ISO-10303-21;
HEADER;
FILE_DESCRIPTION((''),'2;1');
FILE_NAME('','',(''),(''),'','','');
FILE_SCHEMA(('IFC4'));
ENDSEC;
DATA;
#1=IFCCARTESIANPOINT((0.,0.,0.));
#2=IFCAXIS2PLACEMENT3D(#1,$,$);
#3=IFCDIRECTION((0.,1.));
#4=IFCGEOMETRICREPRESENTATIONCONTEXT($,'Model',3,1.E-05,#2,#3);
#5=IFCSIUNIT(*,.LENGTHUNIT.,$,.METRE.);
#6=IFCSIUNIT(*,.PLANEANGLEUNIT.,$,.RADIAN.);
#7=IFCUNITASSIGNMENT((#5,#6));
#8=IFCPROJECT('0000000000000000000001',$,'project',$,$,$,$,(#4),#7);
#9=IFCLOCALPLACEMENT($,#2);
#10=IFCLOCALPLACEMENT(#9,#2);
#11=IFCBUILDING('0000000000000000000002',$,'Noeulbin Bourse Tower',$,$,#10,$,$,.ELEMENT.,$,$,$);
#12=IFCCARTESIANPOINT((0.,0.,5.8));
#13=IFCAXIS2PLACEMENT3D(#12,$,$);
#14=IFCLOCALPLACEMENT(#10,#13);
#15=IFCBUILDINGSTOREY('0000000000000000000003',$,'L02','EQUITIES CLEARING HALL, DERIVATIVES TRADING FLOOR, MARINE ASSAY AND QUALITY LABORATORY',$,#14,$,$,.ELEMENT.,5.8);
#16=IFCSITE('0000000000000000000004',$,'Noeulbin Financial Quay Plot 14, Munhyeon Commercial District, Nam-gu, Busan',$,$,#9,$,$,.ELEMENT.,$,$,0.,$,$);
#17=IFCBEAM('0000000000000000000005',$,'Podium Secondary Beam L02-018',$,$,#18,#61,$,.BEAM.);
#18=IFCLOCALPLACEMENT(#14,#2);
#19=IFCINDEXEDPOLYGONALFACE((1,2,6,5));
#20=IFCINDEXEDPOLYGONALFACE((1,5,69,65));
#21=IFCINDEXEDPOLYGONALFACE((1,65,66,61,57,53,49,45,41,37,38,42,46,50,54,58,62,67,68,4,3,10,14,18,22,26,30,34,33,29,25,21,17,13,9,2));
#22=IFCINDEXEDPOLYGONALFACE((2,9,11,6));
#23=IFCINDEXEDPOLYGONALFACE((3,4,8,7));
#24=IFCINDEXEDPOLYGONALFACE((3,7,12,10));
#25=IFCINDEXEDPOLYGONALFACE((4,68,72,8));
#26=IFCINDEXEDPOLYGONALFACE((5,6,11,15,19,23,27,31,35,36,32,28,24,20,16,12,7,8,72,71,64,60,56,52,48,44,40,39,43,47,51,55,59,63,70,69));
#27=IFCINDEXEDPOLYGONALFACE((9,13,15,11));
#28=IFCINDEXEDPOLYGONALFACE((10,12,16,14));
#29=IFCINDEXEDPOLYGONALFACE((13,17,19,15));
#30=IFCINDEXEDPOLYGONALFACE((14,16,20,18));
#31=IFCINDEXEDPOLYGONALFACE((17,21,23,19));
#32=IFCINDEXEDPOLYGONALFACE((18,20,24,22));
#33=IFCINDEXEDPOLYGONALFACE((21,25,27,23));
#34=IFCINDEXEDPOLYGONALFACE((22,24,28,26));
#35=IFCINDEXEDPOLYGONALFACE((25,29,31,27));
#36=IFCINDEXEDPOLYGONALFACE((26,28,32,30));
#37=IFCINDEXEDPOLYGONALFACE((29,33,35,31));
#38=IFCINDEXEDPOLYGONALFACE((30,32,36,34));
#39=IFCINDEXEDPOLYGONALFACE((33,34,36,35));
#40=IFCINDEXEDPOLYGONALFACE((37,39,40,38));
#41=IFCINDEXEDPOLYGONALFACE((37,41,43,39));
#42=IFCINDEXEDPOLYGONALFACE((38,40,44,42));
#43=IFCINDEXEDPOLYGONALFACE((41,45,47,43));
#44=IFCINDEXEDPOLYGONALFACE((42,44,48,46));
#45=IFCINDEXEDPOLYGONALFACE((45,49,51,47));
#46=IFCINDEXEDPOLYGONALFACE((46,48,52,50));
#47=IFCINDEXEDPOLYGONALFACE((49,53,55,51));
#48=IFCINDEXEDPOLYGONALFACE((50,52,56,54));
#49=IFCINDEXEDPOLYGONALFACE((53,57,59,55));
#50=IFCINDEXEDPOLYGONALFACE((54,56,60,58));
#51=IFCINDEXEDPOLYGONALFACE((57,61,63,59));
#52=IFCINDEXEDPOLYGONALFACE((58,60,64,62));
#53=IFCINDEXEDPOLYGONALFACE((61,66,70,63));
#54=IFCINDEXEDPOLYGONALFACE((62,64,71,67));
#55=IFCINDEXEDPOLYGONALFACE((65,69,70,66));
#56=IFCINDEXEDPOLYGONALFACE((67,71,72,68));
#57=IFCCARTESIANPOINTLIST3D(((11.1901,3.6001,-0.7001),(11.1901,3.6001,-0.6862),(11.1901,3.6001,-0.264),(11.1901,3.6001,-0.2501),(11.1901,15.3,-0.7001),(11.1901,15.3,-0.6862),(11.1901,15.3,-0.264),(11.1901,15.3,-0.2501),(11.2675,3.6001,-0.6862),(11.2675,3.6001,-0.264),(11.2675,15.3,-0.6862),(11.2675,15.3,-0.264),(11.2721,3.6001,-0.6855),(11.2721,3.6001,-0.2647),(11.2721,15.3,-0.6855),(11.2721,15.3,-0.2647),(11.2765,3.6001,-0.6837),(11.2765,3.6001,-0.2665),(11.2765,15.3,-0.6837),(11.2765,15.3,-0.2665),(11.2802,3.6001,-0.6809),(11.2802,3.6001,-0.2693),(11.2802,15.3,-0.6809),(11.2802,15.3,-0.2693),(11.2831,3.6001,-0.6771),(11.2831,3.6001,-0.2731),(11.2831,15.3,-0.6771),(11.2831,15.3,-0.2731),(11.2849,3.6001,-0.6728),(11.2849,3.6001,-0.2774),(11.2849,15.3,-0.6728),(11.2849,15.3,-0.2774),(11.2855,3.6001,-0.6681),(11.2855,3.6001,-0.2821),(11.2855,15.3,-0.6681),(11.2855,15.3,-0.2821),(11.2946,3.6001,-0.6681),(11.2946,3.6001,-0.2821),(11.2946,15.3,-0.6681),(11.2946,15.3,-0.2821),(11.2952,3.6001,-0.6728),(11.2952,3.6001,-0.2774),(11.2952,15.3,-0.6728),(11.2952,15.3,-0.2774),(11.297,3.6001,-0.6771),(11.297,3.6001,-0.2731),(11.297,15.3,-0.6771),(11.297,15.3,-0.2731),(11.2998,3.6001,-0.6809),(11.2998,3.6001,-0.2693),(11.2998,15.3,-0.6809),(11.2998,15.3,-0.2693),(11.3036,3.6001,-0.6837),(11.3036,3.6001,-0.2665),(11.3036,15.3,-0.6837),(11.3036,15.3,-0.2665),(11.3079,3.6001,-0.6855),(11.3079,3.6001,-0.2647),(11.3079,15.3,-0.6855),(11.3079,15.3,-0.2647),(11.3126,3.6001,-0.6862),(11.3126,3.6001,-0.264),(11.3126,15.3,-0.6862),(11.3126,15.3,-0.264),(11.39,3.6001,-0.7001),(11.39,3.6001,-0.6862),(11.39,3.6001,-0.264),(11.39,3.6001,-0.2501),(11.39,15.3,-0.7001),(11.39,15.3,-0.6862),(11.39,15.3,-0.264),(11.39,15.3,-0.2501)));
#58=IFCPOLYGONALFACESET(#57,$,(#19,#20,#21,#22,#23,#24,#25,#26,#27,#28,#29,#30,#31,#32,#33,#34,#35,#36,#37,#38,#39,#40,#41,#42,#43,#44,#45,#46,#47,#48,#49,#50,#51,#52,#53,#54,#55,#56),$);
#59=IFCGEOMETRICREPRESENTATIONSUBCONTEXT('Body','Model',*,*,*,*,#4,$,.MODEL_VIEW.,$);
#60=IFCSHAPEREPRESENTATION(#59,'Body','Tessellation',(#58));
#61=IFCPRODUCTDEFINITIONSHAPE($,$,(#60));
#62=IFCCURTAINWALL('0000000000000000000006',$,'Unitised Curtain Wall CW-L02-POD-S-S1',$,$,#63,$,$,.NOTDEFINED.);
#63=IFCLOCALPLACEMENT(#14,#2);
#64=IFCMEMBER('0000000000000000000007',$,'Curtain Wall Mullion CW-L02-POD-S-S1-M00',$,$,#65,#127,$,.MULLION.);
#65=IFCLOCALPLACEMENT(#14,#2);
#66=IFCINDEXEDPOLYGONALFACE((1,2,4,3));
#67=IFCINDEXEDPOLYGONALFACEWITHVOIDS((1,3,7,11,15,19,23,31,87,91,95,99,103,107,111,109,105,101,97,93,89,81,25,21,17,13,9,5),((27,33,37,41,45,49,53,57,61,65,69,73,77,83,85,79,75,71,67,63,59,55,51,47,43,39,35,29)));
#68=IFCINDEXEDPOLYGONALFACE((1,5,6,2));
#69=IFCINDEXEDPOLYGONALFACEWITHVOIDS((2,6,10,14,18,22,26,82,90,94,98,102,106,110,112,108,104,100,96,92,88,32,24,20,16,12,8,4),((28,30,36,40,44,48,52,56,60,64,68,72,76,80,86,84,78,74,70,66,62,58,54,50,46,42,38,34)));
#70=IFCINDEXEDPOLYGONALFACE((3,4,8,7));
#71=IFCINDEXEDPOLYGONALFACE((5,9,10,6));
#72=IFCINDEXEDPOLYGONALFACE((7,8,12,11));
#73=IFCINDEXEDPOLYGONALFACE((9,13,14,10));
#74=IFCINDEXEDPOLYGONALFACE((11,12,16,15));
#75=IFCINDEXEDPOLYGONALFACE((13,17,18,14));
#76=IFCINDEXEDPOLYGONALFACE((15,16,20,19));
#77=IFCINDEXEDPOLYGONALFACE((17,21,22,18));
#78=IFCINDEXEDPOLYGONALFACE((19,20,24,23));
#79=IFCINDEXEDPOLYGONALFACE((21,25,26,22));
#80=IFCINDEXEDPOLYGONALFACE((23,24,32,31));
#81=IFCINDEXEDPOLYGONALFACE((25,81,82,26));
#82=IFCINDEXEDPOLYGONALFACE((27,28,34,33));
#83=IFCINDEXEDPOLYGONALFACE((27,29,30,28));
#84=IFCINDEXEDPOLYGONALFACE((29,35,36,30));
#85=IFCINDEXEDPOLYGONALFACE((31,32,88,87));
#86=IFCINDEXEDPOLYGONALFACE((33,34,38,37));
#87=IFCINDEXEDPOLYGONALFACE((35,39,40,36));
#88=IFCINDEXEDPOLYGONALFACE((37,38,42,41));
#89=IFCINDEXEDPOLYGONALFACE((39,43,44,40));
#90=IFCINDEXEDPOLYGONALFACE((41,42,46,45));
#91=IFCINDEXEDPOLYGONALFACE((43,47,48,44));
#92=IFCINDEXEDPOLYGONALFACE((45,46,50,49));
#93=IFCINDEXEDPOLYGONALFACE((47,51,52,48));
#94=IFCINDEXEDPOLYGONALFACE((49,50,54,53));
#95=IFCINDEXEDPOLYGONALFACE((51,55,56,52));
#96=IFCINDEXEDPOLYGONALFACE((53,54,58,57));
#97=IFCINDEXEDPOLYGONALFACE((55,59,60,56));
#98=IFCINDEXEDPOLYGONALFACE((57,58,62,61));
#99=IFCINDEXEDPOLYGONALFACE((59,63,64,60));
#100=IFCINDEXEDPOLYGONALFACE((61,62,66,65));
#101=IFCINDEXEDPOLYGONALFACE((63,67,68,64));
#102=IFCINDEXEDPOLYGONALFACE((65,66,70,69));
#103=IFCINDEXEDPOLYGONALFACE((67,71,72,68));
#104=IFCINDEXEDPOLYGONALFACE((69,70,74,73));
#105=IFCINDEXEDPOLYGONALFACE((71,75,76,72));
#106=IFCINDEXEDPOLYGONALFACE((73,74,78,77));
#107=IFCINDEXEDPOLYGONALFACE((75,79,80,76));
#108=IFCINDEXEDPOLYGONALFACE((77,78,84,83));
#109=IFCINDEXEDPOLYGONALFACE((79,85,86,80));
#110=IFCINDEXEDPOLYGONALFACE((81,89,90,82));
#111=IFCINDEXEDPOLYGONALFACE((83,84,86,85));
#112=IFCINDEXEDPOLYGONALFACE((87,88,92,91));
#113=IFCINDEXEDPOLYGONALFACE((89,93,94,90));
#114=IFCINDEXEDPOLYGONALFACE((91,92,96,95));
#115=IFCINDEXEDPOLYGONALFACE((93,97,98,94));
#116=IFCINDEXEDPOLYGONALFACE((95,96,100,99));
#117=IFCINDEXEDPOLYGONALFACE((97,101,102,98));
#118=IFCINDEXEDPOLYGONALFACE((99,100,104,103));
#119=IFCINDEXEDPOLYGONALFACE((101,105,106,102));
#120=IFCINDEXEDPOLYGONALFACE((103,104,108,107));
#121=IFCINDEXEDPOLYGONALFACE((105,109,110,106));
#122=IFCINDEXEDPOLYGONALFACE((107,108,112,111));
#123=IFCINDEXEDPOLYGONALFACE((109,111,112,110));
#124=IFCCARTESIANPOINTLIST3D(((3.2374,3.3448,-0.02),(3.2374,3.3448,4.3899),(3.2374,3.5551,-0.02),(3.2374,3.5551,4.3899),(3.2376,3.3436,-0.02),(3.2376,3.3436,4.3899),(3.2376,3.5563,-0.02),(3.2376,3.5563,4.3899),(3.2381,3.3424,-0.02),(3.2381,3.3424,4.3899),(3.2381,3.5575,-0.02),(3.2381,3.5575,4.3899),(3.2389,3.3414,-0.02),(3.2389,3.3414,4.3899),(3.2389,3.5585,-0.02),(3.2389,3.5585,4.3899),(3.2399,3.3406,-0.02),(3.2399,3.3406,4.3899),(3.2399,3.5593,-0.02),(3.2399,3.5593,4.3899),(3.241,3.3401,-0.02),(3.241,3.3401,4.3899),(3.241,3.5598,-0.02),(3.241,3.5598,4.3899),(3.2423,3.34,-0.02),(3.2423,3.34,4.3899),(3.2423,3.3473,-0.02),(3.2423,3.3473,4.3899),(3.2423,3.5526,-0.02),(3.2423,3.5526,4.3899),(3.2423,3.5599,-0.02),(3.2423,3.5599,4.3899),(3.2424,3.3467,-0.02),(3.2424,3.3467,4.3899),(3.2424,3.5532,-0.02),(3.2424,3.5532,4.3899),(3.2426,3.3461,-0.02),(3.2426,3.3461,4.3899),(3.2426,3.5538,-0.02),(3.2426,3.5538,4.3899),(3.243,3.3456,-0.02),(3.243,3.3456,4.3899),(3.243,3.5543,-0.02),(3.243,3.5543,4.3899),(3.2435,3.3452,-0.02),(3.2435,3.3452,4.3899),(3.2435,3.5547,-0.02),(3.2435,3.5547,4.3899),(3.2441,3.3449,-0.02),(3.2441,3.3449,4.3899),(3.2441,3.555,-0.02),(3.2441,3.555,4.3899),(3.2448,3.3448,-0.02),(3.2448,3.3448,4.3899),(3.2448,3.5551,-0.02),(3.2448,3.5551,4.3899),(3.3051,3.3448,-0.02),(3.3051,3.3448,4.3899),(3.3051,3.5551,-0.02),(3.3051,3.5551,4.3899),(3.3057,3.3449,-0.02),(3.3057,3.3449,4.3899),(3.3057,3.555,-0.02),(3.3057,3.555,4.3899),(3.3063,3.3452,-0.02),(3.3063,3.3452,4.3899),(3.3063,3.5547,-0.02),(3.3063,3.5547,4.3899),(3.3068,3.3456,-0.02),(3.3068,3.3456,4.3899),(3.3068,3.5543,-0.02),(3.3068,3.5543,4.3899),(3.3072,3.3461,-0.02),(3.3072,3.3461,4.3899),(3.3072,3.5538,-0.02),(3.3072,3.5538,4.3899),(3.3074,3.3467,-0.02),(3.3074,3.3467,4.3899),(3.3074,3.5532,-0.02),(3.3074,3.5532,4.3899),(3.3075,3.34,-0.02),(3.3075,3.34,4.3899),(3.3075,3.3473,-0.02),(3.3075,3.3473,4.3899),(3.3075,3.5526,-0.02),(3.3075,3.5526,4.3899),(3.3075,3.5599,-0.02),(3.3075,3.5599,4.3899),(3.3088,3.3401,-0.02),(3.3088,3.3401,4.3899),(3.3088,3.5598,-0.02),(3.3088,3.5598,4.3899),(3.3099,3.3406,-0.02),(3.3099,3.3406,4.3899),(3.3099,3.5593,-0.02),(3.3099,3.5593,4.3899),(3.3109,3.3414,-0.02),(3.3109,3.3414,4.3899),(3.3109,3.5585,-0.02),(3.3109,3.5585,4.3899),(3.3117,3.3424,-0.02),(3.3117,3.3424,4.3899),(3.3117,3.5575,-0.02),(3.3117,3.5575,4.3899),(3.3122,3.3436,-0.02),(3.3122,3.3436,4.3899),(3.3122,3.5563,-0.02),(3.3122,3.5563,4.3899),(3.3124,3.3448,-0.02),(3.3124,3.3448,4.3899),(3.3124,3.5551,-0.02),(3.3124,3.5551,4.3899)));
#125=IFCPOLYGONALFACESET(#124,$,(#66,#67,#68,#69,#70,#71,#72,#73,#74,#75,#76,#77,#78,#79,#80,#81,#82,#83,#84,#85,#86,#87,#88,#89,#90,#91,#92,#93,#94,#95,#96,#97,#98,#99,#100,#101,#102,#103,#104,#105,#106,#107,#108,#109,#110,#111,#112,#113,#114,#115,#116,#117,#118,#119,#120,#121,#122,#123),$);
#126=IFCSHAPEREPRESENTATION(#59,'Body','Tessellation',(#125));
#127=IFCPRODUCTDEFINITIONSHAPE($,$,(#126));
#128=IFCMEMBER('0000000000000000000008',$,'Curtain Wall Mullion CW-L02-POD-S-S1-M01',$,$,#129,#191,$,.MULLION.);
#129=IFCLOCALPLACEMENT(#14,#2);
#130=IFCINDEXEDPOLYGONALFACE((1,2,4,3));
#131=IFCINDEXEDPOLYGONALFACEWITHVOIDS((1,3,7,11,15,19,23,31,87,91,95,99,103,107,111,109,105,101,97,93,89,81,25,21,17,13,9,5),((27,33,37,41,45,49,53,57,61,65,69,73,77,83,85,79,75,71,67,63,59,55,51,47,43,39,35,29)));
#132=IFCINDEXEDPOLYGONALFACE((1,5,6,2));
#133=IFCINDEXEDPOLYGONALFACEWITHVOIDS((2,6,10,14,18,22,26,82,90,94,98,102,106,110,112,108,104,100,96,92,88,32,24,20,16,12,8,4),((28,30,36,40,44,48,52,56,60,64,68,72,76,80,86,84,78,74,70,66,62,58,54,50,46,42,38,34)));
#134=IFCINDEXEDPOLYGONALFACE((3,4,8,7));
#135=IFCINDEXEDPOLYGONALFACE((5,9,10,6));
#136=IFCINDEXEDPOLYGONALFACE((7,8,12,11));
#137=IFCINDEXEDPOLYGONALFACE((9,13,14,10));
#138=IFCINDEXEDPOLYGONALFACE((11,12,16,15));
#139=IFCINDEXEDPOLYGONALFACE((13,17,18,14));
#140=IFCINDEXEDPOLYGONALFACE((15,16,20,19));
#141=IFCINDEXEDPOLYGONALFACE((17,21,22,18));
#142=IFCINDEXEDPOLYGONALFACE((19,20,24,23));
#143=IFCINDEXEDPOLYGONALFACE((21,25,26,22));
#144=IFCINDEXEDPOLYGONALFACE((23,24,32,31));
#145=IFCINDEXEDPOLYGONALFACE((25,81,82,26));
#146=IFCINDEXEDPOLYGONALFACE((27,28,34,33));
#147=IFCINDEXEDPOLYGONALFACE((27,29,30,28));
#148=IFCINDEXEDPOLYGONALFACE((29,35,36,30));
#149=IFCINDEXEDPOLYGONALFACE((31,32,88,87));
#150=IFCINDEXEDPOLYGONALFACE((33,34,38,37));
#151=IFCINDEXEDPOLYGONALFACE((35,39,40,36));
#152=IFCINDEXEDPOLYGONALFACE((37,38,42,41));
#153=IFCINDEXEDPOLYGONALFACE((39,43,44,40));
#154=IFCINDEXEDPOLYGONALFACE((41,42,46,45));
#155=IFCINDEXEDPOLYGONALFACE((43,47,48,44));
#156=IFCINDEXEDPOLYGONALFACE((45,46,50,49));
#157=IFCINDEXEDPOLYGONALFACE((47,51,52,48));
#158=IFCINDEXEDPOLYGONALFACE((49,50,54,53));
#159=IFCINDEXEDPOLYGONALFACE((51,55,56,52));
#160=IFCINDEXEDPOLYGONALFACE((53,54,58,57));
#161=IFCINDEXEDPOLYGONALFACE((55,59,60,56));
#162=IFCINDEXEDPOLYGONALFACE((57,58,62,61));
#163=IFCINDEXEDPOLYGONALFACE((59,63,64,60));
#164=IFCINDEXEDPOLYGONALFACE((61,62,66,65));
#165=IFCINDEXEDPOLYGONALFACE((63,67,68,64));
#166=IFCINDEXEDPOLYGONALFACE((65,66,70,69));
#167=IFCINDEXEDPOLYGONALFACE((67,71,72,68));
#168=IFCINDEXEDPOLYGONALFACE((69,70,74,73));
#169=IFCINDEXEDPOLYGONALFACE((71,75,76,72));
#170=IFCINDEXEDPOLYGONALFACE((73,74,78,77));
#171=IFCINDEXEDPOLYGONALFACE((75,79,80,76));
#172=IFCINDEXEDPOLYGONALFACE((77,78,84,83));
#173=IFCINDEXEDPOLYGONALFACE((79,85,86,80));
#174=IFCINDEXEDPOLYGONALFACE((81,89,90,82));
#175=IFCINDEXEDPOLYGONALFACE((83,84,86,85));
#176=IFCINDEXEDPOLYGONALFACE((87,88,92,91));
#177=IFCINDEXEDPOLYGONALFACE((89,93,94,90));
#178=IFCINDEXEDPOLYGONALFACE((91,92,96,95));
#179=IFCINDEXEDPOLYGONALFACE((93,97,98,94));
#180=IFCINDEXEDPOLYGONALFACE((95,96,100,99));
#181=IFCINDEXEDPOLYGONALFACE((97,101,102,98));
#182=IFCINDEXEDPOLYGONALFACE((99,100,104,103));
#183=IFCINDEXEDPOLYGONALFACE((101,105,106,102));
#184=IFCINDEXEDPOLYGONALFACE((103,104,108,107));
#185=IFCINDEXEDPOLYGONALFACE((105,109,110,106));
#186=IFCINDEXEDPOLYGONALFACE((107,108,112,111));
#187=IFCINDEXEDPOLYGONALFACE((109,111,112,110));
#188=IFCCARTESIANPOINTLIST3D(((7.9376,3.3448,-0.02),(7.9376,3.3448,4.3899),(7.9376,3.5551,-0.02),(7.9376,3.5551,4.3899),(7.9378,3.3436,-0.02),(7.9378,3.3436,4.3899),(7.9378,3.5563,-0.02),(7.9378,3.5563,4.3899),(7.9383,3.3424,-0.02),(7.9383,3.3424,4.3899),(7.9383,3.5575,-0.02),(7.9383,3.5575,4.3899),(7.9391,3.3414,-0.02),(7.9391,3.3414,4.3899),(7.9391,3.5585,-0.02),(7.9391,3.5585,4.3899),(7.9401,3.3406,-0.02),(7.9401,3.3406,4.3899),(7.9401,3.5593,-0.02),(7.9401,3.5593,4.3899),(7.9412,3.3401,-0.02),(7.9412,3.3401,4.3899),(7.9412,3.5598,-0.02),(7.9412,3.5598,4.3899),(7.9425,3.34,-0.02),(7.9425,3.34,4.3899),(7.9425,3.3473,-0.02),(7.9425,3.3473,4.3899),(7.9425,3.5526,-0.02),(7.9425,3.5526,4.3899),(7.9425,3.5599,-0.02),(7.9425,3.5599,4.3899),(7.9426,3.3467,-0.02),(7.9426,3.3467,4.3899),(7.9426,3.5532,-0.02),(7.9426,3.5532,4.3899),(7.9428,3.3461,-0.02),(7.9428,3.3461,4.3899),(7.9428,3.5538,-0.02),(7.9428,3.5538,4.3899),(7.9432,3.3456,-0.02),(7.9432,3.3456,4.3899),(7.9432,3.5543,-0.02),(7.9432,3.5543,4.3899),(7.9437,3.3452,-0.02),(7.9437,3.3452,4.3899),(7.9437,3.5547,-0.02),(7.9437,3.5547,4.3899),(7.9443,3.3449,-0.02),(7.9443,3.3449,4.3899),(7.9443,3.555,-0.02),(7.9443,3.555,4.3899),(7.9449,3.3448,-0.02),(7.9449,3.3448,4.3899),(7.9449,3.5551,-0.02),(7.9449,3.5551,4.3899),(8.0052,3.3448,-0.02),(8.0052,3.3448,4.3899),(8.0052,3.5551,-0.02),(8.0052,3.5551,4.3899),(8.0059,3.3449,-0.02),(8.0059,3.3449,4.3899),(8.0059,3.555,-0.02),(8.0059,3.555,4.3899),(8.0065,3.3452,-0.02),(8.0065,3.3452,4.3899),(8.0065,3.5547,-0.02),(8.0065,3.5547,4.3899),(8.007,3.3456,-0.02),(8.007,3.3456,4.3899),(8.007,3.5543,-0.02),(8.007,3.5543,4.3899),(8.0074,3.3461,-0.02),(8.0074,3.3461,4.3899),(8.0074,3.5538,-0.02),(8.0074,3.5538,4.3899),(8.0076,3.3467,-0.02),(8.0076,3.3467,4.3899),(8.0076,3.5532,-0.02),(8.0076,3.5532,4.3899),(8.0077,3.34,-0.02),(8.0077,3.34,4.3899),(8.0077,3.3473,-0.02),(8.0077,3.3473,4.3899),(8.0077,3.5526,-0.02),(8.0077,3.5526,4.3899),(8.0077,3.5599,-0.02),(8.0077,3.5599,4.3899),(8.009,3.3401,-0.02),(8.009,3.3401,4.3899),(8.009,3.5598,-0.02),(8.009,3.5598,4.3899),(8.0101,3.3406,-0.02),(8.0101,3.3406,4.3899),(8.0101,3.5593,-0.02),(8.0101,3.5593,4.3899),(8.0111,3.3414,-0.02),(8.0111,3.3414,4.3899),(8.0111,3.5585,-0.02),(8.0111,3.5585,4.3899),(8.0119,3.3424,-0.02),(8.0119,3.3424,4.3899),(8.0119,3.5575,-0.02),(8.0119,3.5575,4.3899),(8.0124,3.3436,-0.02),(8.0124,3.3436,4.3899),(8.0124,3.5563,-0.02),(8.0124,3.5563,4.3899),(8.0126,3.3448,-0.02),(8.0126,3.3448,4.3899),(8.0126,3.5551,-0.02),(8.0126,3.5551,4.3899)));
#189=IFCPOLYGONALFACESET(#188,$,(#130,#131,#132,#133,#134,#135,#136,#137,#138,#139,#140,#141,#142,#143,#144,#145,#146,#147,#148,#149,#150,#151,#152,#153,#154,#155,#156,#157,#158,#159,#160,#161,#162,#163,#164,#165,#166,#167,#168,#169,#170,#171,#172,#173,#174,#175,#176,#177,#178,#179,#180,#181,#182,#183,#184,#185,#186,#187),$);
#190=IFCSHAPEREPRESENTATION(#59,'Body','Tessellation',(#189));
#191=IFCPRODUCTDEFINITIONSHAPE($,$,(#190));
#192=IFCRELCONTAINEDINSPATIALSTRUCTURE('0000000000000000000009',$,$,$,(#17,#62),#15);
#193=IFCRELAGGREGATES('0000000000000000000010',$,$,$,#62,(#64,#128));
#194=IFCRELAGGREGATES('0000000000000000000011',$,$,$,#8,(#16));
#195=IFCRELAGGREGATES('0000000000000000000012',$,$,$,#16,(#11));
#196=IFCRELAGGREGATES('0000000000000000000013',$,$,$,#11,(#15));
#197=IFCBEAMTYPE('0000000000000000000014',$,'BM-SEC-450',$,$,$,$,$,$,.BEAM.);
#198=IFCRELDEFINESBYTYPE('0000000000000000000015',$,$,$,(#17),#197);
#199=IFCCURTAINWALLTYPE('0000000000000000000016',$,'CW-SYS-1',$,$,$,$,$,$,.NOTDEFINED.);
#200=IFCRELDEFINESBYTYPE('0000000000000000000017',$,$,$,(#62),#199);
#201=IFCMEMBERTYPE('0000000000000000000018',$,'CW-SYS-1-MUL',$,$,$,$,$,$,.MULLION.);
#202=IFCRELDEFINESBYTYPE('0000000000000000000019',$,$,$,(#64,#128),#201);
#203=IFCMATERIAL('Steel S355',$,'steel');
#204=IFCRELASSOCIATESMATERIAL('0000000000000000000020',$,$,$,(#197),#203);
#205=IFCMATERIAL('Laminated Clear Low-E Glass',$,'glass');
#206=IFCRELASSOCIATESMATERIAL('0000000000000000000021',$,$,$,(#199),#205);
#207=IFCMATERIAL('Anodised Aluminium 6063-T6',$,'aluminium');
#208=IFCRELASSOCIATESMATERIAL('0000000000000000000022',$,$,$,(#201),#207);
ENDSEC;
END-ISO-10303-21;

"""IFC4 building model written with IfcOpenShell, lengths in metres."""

from ifc_helpers import new_model, si_unit, direction, frame, origin, origin_2d, place, context, subcontext, project, spatial, hollow_rectangle, i_section, extrude, material, material_profile, profile_set, type_object, element, aggregate, save


model = new_model("IFC4")

# Units and contexts
model_context = context("Model", 3, precision=1e-05, world=origin(), true_north=direction((0.0, 1.0)))
body_context = subcontext(model_context, "Body", "Model", "MODEL_VIEW")
ifc_project = project(units=[si_unit("LENGTHUNIT", "METRE"), si_unit("PLANEANGLEUNIT", "RADIAN")], contexts=[model_context])

# Site, building, storey
site_placement = place(None, origin())
site = spatial("IfcSite", under=ifc_project, at=site_placement, Name="Noeulbin Financial Quay Plot 14, Munhyeon Commercial District, Nam-gu, Busan", CompositionType="ELEMENT", RefElevation=0.0)
building_placement = place(site_placement, origin())
building = spatial("IfcBuilding", under=site, at=building_placement, Name="Noeulbin Bourse Tower", CompositionType="ELEMENT")
storey_placement = place(building_placement, frame((0.0, 0.0, 5.8)))
storey = spatial("IfcBuildingStorey", under=building, at=storey_placement, Name="L02", Description="EQUITIES CLEARING HALL, DERIVATIVES TRADING FLOOR, MARINE ASSAY AND QUALITY LABORATORY", CompositionType="ELEMENT", Elevation=5.8)

# Beam
ifc_material_1 = material(Name="Steel S355", Category="steel")
ifc_material_profile_1 = material_profile(ifc_material_1, i_section(OverallWidth=0.2, OverallDepth=0.45, WebThickness=0.009, FlangeThickness=0.0139, FilletRadius=0.0181, at=origin_2d()), Name="H-450x200x9x14", Category="LoadBearing")
ifc_profile_set_1 = profile_set([ifc_material_profile_1], Name="Steel S355")
beam_type_1 = type_object("IfcBeamType", Name="BM-SEC-450", PredefinedType="BEAM", material=ifc_profile_set_1)
for number, where, z_axis, x_axis, name in (
    (1, (11.29, 3.6001, -0.4751), (0.0, 1.0, 0.0), (-1.0, 0.0, 0.0), "Podium Secondary Beam L02-018"),
):
    element("IfcBeam", number, at=place(storey_placement, frame(where, z_axis=z_axis, x_axis=x_axis)), inside=storey, type_object=beam_type_1, Name=name, PredefinedType="BEAM", context=body_context, shape_type="SweptSolid", body=[
        extrude(i_section(OverallWidth=0.2, OverallDepth=0.45, WebThickness=0.009, FlangeThickness=0.0139, FilletRadius=0.0181, at=origin_2d()), origin(), (0.0, 0.0, 1.0), 11.7),
    ])

# Curtain wall, members
ifc_material_2 = material(Name="Laminated Clear Low-E Glass", Category="glass")
curtain_wall_type = type_object("IfcCurtainWallType", Name="CW-SYS-1", PredefinedType="NOTDEFINED", material=ifc_material_2)
curtain_wall_1_placement = place(storey_placement, origin())
curtain_wall_1 = element("IfcCurtainWall", 2, at=curtain_wall_1_placement, inside=storey, type_object=curtain_wall_type, Name="Unitised Curtain Wall CW-L02-POD-S-S1", PredefinedType="NOTDEFINED")
ifc_material_3 = material(Name="Anodised Aluminium 6063-T6", Category="aluminium")
ifc_material_profile_2 = material_profile(ifc_material_3, hollow_rectangle(XDim=0.075, YDim=0.22, WallThickness=0.0049, InnerFilletRadius=0.0024, OuterFilletRadius=0.0049, at=origin_2d()), Name="ALU-MULL-75x220x5", Category="LoadBearing")
ifc_profile_set_2 = profile_set([ifc_material_profile_2], Name="Anodised Aluminium 6063-T6")
member_type_1 = type_object("IfcMemberType", Name="CW-SYS-1-MUL", PredefinedType="MULLION", material=ifc_profile_set_2)
member_1_placement = place(storey_placement, frame((3.2749, 3.45, -0.02), z_axis=(0.0, 0.0, 1.0), x_axis=(1.0, 0.0, 0.0)))
member_1 = element("IfcMember", 3, at=member_1_placement, type_object=member_type_1, Name="Curtain Wall Mullion CW-L02-POD-S-S1-M00", PredefinedType="MULLION", context=body_context, shape_type="SweptSolid", body=[
    extrude(hollow_rectangle(XDim=0.075, YDim=0.22, WallThickness=0.0049, InnerFilletRadius=0.0024, OuterFilletRadius=0.0049, at=origin_2d()), origin(), (0.0, 0.0, 1.0), 4.4099),
])
member_2_placement = place(storey_placement, frame((7.9751, 3.45, -0.02), z_axis=(0.0, 0.0, 1.0), x_axis=(1.0, 0.0, 0.0)))
member_2 = element("IfcMember", 4, at=member_2_placement, type_object=member_type_1, Name="Curtain Wall Mullion CW-L02-POD-S-S1-M01", PredefinedType="MULLION", context=body_context, shape_type="SweptSolid", body=[
    extrude(hollow_rectangle(XDim=0.075, YDim=0.22, WallThickness=0.0049, InnerFilletRadius=0.0024, OuterFilletRadius=0.0049, at=origin_2d()), origin(), (0.0, 0.0, 1.0), 4.4099),
])

aggregate(curtain_wall_1, [member_1, member_2])

save(model, "model.ifc")
